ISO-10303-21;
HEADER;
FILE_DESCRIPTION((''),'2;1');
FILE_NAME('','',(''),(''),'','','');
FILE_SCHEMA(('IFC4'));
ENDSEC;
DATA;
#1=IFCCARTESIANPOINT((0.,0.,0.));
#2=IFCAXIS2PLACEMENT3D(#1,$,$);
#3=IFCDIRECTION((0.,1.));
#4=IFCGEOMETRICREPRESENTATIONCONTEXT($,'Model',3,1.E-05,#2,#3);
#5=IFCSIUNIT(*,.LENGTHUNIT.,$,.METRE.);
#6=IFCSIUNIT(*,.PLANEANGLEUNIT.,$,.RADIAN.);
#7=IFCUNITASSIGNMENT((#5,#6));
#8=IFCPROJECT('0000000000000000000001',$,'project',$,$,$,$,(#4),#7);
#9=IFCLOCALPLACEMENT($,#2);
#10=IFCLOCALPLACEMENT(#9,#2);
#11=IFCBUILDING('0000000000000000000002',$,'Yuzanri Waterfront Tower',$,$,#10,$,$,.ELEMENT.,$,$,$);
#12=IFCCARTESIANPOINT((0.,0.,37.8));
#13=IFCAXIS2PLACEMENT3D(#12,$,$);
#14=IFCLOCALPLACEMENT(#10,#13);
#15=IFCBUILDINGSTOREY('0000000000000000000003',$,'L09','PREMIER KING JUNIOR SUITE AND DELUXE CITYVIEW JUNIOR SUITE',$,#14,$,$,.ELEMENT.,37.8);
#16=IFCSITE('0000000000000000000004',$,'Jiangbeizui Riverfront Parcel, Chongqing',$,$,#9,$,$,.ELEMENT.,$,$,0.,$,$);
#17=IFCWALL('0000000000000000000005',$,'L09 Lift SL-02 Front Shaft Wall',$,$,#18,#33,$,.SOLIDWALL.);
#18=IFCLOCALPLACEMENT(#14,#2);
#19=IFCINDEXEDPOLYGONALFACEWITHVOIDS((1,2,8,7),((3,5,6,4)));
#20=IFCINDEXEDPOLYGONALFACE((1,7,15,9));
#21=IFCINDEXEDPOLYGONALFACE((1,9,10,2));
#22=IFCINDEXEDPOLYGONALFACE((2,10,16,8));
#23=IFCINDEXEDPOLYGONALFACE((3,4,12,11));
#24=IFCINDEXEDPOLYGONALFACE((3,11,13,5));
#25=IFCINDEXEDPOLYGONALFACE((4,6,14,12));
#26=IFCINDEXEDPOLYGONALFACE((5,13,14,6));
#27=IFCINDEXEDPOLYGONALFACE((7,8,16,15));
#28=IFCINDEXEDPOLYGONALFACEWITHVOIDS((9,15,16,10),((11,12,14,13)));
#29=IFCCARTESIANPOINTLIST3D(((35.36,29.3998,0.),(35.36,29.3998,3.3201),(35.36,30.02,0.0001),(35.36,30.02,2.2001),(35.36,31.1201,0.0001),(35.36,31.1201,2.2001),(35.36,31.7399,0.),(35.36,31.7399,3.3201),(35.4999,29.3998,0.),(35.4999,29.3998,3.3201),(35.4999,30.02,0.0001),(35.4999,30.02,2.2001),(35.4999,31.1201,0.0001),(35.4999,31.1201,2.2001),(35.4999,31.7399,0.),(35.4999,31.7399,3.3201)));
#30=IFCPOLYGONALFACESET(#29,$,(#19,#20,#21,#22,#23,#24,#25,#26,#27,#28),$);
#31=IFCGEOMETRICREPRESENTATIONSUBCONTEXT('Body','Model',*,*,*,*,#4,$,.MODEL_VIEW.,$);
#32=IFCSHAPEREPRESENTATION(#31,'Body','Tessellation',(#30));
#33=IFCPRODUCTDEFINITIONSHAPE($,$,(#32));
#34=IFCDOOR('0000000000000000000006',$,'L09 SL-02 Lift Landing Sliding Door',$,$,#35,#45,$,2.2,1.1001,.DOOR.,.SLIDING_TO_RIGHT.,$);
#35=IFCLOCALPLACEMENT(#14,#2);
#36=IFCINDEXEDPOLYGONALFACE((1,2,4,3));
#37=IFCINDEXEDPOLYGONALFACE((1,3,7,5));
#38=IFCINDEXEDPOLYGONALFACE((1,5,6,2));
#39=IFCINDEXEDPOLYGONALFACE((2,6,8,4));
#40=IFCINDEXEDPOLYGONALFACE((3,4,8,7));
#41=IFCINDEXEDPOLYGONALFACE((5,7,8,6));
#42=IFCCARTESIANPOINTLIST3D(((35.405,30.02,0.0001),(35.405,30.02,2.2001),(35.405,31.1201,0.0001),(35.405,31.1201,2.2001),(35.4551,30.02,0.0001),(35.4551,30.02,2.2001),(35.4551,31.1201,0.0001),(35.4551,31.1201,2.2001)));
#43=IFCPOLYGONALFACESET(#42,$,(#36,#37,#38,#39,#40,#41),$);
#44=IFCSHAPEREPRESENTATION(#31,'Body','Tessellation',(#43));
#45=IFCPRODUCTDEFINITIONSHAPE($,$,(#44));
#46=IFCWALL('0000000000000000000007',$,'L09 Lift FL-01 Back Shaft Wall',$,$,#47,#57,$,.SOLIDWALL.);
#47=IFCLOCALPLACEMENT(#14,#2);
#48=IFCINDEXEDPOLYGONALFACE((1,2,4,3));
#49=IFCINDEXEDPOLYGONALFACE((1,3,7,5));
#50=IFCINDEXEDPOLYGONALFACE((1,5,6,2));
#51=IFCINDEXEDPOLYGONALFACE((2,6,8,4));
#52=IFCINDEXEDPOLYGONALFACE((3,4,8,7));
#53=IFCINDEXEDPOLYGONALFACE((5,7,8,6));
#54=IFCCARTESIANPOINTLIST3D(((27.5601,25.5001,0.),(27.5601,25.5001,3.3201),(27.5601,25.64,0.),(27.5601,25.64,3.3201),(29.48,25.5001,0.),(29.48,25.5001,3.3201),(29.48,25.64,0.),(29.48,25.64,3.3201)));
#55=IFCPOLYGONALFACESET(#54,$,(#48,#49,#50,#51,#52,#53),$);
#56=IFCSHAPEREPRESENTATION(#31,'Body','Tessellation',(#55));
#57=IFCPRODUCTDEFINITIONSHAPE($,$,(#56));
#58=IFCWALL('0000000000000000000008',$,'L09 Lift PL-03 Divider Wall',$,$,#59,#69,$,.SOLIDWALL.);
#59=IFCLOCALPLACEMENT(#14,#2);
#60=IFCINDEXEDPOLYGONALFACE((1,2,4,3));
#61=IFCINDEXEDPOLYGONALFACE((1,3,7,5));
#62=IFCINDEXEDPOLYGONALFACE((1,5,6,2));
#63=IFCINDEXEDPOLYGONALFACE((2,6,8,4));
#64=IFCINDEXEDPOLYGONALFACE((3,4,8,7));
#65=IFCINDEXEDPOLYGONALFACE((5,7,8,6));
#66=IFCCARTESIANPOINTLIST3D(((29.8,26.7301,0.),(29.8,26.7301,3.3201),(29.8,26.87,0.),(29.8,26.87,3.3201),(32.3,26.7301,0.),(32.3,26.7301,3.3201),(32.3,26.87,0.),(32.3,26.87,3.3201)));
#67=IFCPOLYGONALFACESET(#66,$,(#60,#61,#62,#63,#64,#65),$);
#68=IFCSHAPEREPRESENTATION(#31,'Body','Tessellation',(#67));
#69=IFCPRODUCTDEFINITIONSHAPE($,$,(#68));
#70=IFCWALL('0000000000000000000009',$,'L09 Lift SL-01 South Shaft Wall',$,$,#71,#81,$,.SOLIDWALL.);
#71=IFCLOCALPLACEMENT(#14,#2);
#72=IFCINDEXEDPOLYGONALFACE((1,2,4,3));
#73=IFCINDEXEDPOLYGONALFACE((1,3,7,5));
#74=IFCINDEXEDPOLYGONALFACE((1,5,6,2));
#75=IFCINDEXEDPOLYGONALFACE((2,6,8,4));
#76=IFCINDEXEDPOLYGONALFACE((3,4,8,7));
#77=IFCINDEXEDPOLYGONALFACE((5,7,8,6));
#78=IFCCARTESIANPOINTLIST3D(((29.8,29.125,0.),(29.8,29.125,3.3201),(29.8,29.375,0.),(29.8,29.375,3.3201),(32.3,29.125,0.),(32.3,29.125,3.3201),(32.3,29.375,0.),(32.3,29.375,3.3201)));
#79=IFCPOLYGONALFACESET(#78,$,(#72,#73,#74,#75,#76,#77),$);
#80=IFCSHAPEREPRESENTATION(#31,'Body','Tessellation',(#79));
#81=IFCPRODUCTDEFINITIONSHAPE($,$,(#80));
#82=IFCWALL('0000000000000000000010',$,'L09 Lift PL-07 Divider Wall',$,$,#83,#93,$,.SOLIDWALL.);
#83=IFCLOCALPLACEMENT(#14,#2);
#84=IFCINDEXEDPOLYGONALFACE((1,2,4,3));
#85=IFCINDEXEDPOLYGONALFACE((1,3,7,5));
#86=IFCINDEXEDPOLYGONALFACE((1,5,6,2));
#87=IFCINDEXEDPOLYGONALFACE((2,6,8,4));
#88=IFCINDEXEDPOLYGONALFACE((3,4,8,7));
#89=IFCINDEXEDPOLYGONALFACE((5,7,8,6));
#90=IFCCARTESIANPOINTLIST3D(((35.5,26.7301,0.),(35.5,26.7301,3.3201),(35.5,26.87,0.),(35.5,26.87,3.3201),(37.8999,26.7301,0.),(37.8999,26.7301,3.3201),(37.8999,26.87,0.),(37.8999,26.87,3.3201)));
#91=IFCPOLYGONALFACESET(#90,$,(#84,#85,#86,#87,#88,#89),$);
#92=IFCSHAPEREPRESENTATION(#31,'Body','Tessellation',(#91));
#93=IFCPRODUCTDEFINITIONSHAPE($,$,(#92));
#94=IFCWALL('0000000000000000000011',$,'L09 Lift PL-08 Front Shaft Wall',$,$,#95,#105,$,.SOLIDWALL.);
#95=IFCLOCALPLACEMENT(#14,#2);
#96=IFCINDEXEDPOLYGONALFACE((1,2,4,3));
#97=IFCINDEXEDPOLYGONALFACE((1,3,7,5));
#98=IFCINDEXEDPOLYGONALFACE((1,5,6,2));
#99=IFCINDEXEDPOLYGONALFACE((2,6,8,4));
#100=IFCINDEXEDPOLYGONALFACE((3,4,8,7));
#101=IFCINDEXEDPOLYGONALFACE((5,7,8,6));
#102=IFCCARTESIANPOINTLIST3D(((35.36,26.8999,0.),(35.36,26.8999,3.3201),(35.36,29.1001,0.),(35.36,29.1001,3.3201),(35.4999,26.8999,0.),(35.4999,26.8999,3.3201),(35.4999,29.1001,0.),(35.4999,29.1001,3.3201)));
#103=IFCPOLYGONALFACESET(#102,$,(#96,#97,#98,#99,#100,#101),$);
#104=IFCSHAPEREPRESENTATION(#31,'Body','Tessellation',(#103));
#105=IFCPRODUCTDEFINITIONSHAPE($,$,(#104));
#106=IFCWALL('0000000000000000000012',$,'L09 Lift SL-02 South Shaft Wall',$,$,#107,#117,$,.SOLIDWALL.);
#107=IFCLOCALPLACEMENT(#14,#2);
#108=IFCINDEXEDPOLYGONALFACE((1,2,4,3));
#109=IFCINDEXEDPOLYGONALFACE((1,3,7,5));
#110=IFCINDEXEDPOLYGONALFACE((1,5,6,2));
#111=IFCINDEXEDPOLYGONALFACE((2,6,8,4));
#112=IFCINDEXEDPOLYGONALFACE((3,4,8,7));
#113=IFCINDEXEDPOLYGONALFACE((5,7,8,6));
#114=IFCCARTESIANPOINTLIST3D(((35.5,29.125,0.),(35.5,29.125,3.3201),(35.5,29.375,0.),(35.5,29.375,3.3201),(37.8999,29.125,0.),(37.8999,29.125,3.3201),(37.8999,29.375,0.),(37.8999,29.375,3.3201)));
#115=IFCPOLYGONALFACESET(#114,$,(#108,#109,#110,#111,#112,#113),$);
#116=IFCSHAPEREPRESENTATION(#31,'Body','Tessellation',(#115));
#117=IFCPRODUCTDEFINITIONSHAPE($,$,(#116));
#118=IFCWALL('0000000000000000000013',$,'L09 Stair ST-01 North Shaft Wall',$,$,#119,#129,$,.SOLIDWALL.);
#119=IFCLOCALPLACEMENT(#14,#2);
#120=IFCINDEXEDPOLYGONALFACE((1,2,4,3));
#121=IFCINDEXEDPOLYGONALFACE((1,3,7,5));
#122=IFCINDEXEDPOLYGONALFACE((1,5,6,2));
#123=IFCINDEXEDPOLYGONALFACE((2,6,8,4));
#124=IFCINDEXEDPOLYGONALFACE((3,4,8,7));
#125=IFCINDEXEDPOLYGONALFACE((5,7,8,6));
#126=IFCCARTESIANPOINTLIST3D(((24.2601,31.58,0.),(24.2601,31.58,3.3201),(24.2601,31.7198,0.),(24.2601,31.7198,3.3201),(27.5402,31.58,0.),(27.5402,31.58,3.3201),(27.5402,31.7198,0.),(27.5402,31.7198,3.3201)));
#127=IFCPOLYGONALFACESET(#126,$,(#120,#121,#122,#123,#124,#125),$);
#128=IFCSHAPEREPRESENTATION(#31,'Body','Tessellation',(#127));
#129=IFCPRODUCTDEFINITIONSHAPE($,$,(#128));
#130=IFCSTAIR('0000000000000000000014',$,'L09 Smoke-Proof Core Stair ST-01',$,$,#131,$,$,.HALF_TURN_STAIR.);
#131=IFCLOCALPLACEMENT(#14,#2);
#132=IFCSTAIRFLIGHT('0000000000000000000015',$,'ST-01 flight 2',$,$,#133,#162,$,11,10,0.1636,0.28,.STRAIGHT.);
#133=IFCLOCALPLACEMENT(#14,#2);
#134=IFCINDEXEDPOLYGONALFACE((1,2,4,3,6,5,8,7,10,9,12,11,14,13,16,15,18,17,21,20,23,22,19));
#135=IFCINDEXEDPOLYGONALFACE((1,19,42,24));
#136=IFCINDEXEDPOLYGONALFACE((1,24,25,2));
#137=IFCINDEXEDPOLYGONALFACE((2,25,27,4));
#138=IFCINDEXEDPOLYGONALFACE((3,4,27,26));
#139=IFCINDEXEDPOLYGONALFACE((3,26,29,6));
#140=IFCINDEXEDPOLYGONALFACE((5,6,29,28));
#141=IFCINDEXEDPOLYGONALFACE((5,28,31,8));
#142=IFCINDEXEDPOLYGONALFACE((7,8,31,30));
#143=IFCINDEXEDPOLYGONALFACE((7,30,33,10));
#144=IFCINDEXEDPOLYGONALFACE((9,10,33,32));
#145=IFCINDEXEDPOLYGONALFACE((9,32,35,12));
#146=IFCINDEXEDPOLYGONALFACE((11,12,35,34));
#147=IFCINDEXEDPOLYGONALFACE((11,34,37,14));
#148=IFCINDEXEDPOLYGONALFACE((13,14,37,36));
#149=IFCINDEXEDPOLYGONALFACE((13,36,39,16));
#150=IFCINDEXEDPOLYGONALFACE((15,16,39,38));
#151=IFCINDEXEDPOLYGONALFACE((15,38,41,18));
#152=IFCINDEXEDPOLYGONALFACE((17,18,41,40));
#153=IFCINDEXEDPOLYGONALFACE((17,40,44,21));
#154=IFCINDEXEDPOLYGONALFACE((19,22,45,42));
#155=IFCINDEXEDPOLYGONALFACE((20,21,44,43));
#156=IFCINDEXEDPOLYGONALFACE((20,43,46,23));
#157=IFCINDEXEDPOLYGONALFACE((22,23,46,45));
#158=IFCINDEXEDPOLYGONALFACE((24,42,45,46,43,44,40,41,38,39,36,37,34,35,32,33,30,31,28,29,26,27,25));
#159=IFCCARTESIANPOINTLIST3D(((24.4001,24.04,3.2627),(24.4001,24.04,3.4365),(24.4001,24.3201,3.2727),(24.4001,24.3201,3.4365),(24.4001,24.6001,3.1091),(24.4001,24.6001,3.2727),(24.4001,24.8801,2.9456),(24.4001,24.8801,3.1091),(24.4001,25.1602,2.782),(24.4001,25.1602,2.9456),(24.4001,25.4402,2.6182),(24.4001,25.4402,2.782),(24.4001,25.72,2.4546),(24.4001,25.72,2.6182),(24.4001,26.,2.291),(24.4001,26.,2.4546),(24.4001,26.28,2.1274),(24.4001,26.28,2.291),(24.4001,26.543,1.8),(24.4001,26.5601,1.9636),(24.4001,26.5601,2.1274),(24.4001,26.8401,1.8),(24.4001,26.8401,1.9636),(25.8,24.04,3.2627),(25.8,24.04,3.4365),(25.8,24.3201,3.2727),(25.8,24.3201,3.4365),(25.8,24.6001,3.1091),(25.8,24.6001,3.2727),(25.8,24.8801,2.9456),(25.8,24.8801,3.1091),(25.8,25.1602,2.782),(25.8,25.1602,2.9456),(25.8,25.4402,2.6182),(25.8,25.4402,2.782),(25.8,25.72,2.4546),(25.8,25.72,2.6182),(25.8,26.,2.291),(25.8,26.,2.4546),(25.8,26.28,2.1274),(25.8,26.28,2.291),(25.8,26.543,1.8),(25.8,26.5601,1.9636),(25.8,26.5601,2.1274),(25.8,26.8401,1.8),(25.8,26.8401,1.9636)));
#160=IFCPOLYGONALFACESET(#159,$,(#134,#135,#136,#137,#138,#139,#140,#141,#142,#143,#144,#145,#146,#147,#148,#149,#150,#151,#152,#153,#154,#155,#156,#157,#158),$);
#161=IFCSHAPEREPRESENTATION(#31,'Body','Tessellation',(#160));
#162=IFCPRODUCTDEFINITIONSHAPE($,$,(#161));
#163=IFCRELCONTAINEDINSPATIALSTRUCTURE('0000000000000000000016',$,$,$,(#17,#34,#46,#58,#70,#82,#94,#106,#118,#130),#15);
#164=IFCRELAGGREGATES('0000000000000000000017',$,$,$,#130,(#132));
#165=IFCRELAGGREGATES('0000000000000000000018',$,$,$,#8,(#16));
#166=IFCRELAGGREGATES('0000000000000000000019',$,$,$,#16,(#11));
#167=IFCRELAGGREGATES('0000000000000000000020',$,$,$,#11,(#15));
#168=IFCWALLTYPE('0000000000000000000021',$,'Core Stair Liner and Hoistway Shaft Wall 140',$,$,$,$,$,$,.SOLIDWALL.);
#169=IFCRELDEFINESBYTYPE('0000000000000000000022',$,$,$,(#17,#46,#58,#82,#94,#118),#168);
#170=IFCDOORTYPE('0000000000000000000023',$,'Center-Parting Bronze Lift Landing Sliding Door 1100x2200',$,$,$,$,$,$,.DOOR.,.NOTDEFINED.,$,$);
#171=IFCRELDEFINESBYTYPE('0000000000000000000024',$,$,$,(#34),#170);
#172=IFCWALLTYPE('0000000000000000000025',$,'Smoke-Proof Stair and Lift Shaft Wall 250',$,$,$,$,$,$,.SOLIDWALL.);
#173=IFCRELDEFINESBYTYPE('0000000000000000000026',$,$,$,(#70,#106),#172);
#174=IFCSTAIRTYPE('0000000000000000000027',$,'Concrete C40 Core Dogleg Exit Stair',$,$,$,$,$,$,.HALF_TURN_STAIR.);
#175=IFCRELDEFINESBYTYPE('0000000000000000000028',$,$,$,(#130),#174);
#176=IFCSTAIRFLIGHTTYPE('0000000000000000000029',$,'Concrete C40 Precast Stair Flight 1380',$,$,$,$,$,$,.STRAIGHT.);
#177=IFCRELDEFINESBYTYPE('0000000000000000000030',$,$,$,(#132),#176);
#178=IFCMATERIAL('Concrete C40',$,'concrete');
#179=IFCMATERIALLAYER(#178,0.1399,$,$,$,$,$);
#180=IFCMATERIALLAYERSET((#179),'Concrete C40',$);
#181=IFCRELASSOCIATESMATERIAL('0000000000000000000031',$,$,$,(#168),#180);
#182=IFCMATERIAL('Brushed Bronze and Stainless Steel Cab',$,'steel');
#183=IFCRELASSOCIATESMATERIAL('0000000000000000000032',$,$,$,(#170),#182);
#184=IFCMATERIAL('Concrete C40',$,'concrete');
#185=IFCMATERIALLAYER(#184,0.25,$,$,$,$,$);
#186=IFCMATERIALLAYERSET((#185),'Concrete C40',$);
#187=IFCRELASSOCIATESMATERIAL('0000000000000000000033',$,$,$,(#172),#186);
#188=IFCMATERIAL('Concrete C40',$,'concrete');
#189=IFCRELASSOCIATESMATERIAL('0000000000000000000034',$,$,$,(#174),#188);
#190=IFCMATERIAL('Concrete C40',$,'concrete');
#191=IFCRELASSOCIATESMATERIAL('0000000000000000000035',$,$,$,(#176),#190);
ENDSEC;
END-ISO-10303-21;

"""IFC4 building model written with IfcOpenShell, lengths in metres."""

from ifc_helpers import new_model, si_unit, direction, frame, frame_2d, origin, place, context, subcontext, project, spatial, polyline, rectangle, outline, extrude, source, transform, mapped, material, layer, layer_set, type_object, element, fill, aggregate, save


model = new_model("IFC4")

# Units and contexts
model_context = context("Model", 3, precision=1e-05, world=origin(), true_north=direction((0.0, 1.0)))
body_context = subcontext(model_context, "Body", "Model", "MODEL_VIEW")
ifc_project = project(units=[si_unit("LENGTHUNIT", "METRE"), si_unit("PLANEANGLEUNIT", "RADIAN")], contexts=[model_context])

# Site, building, storey
site_placement = place(None, origin())
site = spatial("IfcSite", under=ifc_project, at=site_placement, Name="Jiangbeizui Riverfront Parcel, Chongqing", CompositionType="ELEMENT", RefElevation=0.0)
building_placement = place(site_placement, origin())
building = spatial("IfcBuilding", under=site, at=building_placement, Name="Yuzanri Waterfront Tower", CompositionType="ELEMENT")
storey_placement = place(building_placement, frame((0.0, 0.0, 37.8)))
storey = spatial("IfcBuildingStorey", under=building, at=storey_placement, Name="L09", Description="PREMIER KING JUNIOR SUITE AND DELUXE CITYVIEW JUNIOR SUITE", CompositionType="ELEMENT", Elevation=37.8)

# Wall, opening, door
ifc_material_1 = material(Name="Concrete C40", Category="concrete")
ifc_layer_1 = layer(ifc_material_1, 0.1399)
ifc_layer_set_1 = layer_set([ifc_layer_1], Name="Concrete C40")
wall_type_1 = type_object("IfcWallType", Name="Core Stair Liner and Hoistway Shaft Wall 140", PredefinedType="SOLIDWALL", material=ifc_layer_set_1)
ifc_material_2 = material(Name="Brushed Bronze and Stainless Steel Cab", Category="steel")
door_type_1 = type_object("IfcDoorType", Name="Center-Parting Bronze Lift Landing Sliding Door 1100x2200", OperationType="NOTDEFINED", PredefinedType="DOOR", material=ifc_material_2)
shared_shape_1 = source(origin(), body_context, "Body", "SweptSolid", [
    extrude(rectangle(XDim=1.1001, YDim=2.2, at=frame_2d((0.55, 1.1001))), frame((0.0, 0.0249, 0.0), z_axis=(0.0, -1.0, 0.0), x_axis=(1.0, 0.0, 0.0)), (0.0, 0.0, 1.0), 0.05),
])
wall_1_placement = place(storey_placement, frame((35.4299, 29.3999, 0.0), z_axis=(0.0, 0.0, 1.0), x_axis=(0.0, 1.0, 0.0)))
wall_1 = element("IfcWall", 1, at=wall_1_placement, inside=storey, type_object=wall_type_1, Name="L09 Lift SL-02 Front Shaft Wall", PredefinedType="SOLIDWALL", context=body_context, shape_type="SweptSolid", body=[
    extrude(rectangle(XDim=2.3401, YDim=0.1399, at=frame_2d((1.1699, 0.0))), origin(), (0.0, 0.0, 1.0), 3.3201),
])
opening_1_placement = place(wall_1_placement, frame((0.6201, 0.0, 0.0)))
opening_1 = element("IfcOpeningElement", 2, at=opening_1_placement, cuts=wall_1, PredefinedType="OPENING", context=body_context, shape_type="SweptSolid", body=[
    extrude(rectangle(XDim=1.1001, YDim=2.2, at=frame_2d((0.55, 1.1001))), frame((0.0, 0.085, 0.0), z_axis=(0.0, -1.0, 0.0), x_axis=(1.0, 0.0, 0.0)), (0.0, 0.0, 1.0), 0.1697),
])
door_1_placement = place(opening_1_placement, origin())
door_1 = element("IfcDoor", 3, at=door_1_placement, inside=storey, type_object=door_type_1, Name="L09 SL-02 Lift Landing Sliding Door", OperationType="SLIDING_TO_RIGHT", OverallHeight=2.2, OverallWidth=1.1001, PredefinedType="DOOR", context=body_context, shape_type="MappedRepresentation", body=[
    mapped(shared_shape_1, transform((0.0, 0.0, 0.0), scale=1.0)),
])
fill(opening_1, door_1)

# Walls
shared_shape_2 = source(origin(), body_context, "Body", "SweptSolid", [
    extrude(rectangle(XDim=1.9199, YDim=0.1399, at=frame_2d((0.96, 0.0))), origin(), (0.0, 0.0, 1.0), 3.3201),
])
wall_2_placement = place(storey_placement, frame((27.5601, 25.5701, 0.0), z_axis=(0.0, 0.0, 1.0), x_axis=(1.0, 0.0, 0.0)))
element("IfcWall", 4, at=wall_2_placement, inside=storey, type_object=wall_type_1, Name="L09 Lift FL-01 Back Shaft Wall", PredefinedType="SOLIDWALL", context=body_context, shape_type="MappedRepresentation", body=[
    mapped(shared_shape_2, transform((0.0, 0.0, 0.0), scale=1.0)),
])
shared_shape_3 = source(origin(), body_context, "Body", "SweptSolid", [
    extrude(rectangle(XDim=2.5, YDim=0.1399, at=frame_2d((1.25, 0.0))), origin(), (0.0, 0.0, 1.0), 3.3201),
])
wall_3_placement = place(storey_placement, frame((29.8, 26.8, 0.0), z_axis=(0.0, 0.0, 1.0), x_axis=(1.0, 0.0, 0.0)))
element("IfcWall", 5, at=wall_3_placement, inside=storey, type_object=wall_type_1, Name="L09 Lift PL-03 Divider Wall", PredefinedType="SOLIDWALL", context=body_context, shape_type="MappedRepresentation", body=[
    mapped(shared_shape_3, transform((0.0, 0.0, 0.0), scale=1.0)),
])
ifc_material_3 = material(Name="Concrete C40", Category="concrete")
ifc_layer_2 = layer(ifc_material_3, 0.25)
ifc_layer_set_2 = layer_set([ifc_layer_2], Name="Concrete C40")
wall_type_2 = type_object("IfcWallType", Name="Smoke-Proof Stair and Lift Shaft Wall 250", PredefinedType="SOLIDWALL", material=ifc_layer_set_2)
shared_shape_4 = source(origin(), body_context, "Body", "SweptSolid", [
    extrude(rectangle(XDim=2.5, YDim=0.25, at=frame_2d((1.25, 0.0))), origin(), (0.0, 0.0, 1.0), 3.3201),
])
wall_4_placement = place(storey_placement, frame((29.8, 29.25, 0.0), z_axis=(0.0, 0.0, 1.0), x_axis=(1.0, 0.0, 0.0)))
element("IfcWall", 6, at=wall_4_placement, inside=storey, type_object=wall_type_2, Name="L09 Lift SL-01 South Shaft Wall", PredefinedType="SOLIDWALL", context=body_context, shape_type="MappedRepresentation", body=[
    mapped(shared_shape_4, transform((0.0, 0.0, 0.0), scale=1.0)),
])
shared_shape_5 = source(origin(), body_context, "Body", "SweptSolid", [
    extrude(rectangle(XDim=2.3999, YDim=0.1399, at=frame_2d((1.2, 0.0))), origin(), (0.0, 0.0, 1.0), 3.3201),
])
wall_5_placement = place(storey_placement, frame((35.5, 26.8, 0.0), z_axis=(0.0, 0.0, 1.0), x_axis=(1.0, 0.0, 0.0)))
element("IfcWall", 7, at=wall_5_placement, inside=storey, type_object=wall_type_1, Name="L09 Lift PL-07 Divider Wall", PredefinedType="SOLIDWALL", context=body_context, shape_type="MappedRepresentation", body=[
    mapped(shared_shape_5, transform((0.0, 0.0, 0.0), scale=1.0)),
])
shared_shape_6 = source(origin(), body_context, "Body", "SweptSolid", [
    extrude(rectangle(XDim=2.2002, YDim=0.1399, at=frame_2d((1.1001, 0.0))), origin(), (0.0, 0.0, 1.0), 3.3201),
])
wall_6_placement = place(storey_placement, frame((35.4299, 26.8999, 0.0), z_axis=(0.0, 0.0, 1.0), x_axis=(0.0, 1.0, 0.0)))
element("IfcWall", 8, at=wall_6_placement, inside=storey, type_object=wall_type_1, Name="L09 Lift PL-08 Front Shaft Wall", PredefinedType="SOLIDWALL", context=body_context, shape_type="MappedRepresentation", body=[
    mapped(shared_shape_6, transform((0.0, 0.0, 0.0), scale=1.0)),
])
shared_shape_7 = source(origin(), body_context, "Body", "SweptSolid", [
    extrude(rectangle(XDim=2.3999, YDim=0.25, at=frame_2d((1.2, 0.0))), origin(), (0.0, 0.0, 1.0), 3.3201),
])
wall_7_placement = place(storey_placement, frame((35.5, 29.25, 0.0), z_axis=(0.0, 0.0, 1.0), x_axis=(1.0, 0.0, 0.0)))
element("IfcWall", 9, at=wall_7_placement, inside=storey, type_object=wall_type_2, Name="L09 Lift SL-02 South Shaft Wall", PredefinedType="SOLIDWALL", context=body_context, shape_type="MappedRepresentation", body=[
    mapped(shared_shape_7, transform((0.0, 0.0, 0.0), scale=1.0)),
])
shared_shape_8 = source(origin(), body_context, "Body", "SweptSolid", [
    extrude(rectangle(XDim=3.28, YDim=0.1399, at=frame_2d((1.6401, 0.0))), origin(), (0.0, 0.0, 1.0), 3.3201),
])
wall_8_placement = place(storey_placement, frame((24.26, 31.6499, 0.0), z_axis=(0.0, 0.0, 1.0), x_axis=(1.0, 0.0, 0.0)))
element("IfcWall", 10, at=wall_8_placement, inside=storey, type_object=wall_type_1, Name="L09 Stair ST-01 North Shaft Wall", PredefinedType="SOLIDWALL", context=body_context, shape_type="MappedRepresentation", body=[
    mapped(shared_shape_8, transform((0.0, 0.0, 0.0), scale=1.0)),
])

# Stair, stair flight
ifc_material_4 = material(Name="Concrete C40", Category="concrete")
stair_type = type_object("IfcStairType", Name="Concrete C40 Core Dogleg Exit Stair", PredefinedType="HALF_TURN_STAIR", material=ifc_material_4)
stair_placement = place(storey_placement, origin())
stair = element("IfcStair", 11, at=stair_placement, inside=storey, type_object=stair_type, Name="L09 Smoke-Proof Core Stair ST-01", PredefinedType="HALF_TURN_STAIR")
ifc_material_5 = material(Name="Concrete C40", Category="concrete")
stair_flight_type = type_object("IfcStairFlightType", Name="Concrete C40 Precast Stair Flight 1380", PredefinedType="STRAIGHT", material=ifc_material_5)
shared_shape_9 = source(origin(), body_context, "Body", "SweptSolid", [
    extrude(outline(polyline([(0.0, 0.0), (0.0, 0.1636), (0.28, 0.1636), (0.28, 0.3274), (0.5601, 0.3274), (0.5601, 0.491), (0.8401, 0.491), (0.8401, 0.6545), (1.1201, 0.6545), (1.1201, 0.8181), (1.3999, 0.8181), (1.3999, 0.9819), (1.6799, 0.9819), (1.6799, 1.1455), (1.96, 1.1455), (1.96, 1.3091), (2.24, 1.3091), (2.24, 1.4727), (2.52, 1.4727), (2.52, 1.6365), (2.8, 1.6365), (2.8, 1.8), (2.8, 1.4626), (0.2971, 0.0), (0.0, 0.0)])), frame((0.0, 0.7, 0.0), z_axis=(0.0, -1.0, 0.0), x_axis=(1.0, 0.0, 0.0)), (0.0, 0.0, 1.0), 1.3999),
])
stair_flight_placement = place(storey_placement, frame((25.1001, 26.8401, 1.8), z_axis=(0.0, 0.0, 1.0), x_axis=(0.0, -1.0, 0.0)))
stair_flight = element("IfcStairFlight", 12, at=stair_flight_placement, type_object=stair_flight_type, Name="ST-01 flight 2", NumberOfRisers=11, NumberOfTreads=10, PredefinedType="STRAIGHT", RiserHeight=0.1636, TreadLength=0.28, context=body_context, shape_type="MappedRepresentation", body=[
    mapped(shared_shape_9, transform((0.0, 0.0, 0.0), scale=1.0)),
])
aggregate(stair, [stair_flight])

save(model, "model.ifc")
